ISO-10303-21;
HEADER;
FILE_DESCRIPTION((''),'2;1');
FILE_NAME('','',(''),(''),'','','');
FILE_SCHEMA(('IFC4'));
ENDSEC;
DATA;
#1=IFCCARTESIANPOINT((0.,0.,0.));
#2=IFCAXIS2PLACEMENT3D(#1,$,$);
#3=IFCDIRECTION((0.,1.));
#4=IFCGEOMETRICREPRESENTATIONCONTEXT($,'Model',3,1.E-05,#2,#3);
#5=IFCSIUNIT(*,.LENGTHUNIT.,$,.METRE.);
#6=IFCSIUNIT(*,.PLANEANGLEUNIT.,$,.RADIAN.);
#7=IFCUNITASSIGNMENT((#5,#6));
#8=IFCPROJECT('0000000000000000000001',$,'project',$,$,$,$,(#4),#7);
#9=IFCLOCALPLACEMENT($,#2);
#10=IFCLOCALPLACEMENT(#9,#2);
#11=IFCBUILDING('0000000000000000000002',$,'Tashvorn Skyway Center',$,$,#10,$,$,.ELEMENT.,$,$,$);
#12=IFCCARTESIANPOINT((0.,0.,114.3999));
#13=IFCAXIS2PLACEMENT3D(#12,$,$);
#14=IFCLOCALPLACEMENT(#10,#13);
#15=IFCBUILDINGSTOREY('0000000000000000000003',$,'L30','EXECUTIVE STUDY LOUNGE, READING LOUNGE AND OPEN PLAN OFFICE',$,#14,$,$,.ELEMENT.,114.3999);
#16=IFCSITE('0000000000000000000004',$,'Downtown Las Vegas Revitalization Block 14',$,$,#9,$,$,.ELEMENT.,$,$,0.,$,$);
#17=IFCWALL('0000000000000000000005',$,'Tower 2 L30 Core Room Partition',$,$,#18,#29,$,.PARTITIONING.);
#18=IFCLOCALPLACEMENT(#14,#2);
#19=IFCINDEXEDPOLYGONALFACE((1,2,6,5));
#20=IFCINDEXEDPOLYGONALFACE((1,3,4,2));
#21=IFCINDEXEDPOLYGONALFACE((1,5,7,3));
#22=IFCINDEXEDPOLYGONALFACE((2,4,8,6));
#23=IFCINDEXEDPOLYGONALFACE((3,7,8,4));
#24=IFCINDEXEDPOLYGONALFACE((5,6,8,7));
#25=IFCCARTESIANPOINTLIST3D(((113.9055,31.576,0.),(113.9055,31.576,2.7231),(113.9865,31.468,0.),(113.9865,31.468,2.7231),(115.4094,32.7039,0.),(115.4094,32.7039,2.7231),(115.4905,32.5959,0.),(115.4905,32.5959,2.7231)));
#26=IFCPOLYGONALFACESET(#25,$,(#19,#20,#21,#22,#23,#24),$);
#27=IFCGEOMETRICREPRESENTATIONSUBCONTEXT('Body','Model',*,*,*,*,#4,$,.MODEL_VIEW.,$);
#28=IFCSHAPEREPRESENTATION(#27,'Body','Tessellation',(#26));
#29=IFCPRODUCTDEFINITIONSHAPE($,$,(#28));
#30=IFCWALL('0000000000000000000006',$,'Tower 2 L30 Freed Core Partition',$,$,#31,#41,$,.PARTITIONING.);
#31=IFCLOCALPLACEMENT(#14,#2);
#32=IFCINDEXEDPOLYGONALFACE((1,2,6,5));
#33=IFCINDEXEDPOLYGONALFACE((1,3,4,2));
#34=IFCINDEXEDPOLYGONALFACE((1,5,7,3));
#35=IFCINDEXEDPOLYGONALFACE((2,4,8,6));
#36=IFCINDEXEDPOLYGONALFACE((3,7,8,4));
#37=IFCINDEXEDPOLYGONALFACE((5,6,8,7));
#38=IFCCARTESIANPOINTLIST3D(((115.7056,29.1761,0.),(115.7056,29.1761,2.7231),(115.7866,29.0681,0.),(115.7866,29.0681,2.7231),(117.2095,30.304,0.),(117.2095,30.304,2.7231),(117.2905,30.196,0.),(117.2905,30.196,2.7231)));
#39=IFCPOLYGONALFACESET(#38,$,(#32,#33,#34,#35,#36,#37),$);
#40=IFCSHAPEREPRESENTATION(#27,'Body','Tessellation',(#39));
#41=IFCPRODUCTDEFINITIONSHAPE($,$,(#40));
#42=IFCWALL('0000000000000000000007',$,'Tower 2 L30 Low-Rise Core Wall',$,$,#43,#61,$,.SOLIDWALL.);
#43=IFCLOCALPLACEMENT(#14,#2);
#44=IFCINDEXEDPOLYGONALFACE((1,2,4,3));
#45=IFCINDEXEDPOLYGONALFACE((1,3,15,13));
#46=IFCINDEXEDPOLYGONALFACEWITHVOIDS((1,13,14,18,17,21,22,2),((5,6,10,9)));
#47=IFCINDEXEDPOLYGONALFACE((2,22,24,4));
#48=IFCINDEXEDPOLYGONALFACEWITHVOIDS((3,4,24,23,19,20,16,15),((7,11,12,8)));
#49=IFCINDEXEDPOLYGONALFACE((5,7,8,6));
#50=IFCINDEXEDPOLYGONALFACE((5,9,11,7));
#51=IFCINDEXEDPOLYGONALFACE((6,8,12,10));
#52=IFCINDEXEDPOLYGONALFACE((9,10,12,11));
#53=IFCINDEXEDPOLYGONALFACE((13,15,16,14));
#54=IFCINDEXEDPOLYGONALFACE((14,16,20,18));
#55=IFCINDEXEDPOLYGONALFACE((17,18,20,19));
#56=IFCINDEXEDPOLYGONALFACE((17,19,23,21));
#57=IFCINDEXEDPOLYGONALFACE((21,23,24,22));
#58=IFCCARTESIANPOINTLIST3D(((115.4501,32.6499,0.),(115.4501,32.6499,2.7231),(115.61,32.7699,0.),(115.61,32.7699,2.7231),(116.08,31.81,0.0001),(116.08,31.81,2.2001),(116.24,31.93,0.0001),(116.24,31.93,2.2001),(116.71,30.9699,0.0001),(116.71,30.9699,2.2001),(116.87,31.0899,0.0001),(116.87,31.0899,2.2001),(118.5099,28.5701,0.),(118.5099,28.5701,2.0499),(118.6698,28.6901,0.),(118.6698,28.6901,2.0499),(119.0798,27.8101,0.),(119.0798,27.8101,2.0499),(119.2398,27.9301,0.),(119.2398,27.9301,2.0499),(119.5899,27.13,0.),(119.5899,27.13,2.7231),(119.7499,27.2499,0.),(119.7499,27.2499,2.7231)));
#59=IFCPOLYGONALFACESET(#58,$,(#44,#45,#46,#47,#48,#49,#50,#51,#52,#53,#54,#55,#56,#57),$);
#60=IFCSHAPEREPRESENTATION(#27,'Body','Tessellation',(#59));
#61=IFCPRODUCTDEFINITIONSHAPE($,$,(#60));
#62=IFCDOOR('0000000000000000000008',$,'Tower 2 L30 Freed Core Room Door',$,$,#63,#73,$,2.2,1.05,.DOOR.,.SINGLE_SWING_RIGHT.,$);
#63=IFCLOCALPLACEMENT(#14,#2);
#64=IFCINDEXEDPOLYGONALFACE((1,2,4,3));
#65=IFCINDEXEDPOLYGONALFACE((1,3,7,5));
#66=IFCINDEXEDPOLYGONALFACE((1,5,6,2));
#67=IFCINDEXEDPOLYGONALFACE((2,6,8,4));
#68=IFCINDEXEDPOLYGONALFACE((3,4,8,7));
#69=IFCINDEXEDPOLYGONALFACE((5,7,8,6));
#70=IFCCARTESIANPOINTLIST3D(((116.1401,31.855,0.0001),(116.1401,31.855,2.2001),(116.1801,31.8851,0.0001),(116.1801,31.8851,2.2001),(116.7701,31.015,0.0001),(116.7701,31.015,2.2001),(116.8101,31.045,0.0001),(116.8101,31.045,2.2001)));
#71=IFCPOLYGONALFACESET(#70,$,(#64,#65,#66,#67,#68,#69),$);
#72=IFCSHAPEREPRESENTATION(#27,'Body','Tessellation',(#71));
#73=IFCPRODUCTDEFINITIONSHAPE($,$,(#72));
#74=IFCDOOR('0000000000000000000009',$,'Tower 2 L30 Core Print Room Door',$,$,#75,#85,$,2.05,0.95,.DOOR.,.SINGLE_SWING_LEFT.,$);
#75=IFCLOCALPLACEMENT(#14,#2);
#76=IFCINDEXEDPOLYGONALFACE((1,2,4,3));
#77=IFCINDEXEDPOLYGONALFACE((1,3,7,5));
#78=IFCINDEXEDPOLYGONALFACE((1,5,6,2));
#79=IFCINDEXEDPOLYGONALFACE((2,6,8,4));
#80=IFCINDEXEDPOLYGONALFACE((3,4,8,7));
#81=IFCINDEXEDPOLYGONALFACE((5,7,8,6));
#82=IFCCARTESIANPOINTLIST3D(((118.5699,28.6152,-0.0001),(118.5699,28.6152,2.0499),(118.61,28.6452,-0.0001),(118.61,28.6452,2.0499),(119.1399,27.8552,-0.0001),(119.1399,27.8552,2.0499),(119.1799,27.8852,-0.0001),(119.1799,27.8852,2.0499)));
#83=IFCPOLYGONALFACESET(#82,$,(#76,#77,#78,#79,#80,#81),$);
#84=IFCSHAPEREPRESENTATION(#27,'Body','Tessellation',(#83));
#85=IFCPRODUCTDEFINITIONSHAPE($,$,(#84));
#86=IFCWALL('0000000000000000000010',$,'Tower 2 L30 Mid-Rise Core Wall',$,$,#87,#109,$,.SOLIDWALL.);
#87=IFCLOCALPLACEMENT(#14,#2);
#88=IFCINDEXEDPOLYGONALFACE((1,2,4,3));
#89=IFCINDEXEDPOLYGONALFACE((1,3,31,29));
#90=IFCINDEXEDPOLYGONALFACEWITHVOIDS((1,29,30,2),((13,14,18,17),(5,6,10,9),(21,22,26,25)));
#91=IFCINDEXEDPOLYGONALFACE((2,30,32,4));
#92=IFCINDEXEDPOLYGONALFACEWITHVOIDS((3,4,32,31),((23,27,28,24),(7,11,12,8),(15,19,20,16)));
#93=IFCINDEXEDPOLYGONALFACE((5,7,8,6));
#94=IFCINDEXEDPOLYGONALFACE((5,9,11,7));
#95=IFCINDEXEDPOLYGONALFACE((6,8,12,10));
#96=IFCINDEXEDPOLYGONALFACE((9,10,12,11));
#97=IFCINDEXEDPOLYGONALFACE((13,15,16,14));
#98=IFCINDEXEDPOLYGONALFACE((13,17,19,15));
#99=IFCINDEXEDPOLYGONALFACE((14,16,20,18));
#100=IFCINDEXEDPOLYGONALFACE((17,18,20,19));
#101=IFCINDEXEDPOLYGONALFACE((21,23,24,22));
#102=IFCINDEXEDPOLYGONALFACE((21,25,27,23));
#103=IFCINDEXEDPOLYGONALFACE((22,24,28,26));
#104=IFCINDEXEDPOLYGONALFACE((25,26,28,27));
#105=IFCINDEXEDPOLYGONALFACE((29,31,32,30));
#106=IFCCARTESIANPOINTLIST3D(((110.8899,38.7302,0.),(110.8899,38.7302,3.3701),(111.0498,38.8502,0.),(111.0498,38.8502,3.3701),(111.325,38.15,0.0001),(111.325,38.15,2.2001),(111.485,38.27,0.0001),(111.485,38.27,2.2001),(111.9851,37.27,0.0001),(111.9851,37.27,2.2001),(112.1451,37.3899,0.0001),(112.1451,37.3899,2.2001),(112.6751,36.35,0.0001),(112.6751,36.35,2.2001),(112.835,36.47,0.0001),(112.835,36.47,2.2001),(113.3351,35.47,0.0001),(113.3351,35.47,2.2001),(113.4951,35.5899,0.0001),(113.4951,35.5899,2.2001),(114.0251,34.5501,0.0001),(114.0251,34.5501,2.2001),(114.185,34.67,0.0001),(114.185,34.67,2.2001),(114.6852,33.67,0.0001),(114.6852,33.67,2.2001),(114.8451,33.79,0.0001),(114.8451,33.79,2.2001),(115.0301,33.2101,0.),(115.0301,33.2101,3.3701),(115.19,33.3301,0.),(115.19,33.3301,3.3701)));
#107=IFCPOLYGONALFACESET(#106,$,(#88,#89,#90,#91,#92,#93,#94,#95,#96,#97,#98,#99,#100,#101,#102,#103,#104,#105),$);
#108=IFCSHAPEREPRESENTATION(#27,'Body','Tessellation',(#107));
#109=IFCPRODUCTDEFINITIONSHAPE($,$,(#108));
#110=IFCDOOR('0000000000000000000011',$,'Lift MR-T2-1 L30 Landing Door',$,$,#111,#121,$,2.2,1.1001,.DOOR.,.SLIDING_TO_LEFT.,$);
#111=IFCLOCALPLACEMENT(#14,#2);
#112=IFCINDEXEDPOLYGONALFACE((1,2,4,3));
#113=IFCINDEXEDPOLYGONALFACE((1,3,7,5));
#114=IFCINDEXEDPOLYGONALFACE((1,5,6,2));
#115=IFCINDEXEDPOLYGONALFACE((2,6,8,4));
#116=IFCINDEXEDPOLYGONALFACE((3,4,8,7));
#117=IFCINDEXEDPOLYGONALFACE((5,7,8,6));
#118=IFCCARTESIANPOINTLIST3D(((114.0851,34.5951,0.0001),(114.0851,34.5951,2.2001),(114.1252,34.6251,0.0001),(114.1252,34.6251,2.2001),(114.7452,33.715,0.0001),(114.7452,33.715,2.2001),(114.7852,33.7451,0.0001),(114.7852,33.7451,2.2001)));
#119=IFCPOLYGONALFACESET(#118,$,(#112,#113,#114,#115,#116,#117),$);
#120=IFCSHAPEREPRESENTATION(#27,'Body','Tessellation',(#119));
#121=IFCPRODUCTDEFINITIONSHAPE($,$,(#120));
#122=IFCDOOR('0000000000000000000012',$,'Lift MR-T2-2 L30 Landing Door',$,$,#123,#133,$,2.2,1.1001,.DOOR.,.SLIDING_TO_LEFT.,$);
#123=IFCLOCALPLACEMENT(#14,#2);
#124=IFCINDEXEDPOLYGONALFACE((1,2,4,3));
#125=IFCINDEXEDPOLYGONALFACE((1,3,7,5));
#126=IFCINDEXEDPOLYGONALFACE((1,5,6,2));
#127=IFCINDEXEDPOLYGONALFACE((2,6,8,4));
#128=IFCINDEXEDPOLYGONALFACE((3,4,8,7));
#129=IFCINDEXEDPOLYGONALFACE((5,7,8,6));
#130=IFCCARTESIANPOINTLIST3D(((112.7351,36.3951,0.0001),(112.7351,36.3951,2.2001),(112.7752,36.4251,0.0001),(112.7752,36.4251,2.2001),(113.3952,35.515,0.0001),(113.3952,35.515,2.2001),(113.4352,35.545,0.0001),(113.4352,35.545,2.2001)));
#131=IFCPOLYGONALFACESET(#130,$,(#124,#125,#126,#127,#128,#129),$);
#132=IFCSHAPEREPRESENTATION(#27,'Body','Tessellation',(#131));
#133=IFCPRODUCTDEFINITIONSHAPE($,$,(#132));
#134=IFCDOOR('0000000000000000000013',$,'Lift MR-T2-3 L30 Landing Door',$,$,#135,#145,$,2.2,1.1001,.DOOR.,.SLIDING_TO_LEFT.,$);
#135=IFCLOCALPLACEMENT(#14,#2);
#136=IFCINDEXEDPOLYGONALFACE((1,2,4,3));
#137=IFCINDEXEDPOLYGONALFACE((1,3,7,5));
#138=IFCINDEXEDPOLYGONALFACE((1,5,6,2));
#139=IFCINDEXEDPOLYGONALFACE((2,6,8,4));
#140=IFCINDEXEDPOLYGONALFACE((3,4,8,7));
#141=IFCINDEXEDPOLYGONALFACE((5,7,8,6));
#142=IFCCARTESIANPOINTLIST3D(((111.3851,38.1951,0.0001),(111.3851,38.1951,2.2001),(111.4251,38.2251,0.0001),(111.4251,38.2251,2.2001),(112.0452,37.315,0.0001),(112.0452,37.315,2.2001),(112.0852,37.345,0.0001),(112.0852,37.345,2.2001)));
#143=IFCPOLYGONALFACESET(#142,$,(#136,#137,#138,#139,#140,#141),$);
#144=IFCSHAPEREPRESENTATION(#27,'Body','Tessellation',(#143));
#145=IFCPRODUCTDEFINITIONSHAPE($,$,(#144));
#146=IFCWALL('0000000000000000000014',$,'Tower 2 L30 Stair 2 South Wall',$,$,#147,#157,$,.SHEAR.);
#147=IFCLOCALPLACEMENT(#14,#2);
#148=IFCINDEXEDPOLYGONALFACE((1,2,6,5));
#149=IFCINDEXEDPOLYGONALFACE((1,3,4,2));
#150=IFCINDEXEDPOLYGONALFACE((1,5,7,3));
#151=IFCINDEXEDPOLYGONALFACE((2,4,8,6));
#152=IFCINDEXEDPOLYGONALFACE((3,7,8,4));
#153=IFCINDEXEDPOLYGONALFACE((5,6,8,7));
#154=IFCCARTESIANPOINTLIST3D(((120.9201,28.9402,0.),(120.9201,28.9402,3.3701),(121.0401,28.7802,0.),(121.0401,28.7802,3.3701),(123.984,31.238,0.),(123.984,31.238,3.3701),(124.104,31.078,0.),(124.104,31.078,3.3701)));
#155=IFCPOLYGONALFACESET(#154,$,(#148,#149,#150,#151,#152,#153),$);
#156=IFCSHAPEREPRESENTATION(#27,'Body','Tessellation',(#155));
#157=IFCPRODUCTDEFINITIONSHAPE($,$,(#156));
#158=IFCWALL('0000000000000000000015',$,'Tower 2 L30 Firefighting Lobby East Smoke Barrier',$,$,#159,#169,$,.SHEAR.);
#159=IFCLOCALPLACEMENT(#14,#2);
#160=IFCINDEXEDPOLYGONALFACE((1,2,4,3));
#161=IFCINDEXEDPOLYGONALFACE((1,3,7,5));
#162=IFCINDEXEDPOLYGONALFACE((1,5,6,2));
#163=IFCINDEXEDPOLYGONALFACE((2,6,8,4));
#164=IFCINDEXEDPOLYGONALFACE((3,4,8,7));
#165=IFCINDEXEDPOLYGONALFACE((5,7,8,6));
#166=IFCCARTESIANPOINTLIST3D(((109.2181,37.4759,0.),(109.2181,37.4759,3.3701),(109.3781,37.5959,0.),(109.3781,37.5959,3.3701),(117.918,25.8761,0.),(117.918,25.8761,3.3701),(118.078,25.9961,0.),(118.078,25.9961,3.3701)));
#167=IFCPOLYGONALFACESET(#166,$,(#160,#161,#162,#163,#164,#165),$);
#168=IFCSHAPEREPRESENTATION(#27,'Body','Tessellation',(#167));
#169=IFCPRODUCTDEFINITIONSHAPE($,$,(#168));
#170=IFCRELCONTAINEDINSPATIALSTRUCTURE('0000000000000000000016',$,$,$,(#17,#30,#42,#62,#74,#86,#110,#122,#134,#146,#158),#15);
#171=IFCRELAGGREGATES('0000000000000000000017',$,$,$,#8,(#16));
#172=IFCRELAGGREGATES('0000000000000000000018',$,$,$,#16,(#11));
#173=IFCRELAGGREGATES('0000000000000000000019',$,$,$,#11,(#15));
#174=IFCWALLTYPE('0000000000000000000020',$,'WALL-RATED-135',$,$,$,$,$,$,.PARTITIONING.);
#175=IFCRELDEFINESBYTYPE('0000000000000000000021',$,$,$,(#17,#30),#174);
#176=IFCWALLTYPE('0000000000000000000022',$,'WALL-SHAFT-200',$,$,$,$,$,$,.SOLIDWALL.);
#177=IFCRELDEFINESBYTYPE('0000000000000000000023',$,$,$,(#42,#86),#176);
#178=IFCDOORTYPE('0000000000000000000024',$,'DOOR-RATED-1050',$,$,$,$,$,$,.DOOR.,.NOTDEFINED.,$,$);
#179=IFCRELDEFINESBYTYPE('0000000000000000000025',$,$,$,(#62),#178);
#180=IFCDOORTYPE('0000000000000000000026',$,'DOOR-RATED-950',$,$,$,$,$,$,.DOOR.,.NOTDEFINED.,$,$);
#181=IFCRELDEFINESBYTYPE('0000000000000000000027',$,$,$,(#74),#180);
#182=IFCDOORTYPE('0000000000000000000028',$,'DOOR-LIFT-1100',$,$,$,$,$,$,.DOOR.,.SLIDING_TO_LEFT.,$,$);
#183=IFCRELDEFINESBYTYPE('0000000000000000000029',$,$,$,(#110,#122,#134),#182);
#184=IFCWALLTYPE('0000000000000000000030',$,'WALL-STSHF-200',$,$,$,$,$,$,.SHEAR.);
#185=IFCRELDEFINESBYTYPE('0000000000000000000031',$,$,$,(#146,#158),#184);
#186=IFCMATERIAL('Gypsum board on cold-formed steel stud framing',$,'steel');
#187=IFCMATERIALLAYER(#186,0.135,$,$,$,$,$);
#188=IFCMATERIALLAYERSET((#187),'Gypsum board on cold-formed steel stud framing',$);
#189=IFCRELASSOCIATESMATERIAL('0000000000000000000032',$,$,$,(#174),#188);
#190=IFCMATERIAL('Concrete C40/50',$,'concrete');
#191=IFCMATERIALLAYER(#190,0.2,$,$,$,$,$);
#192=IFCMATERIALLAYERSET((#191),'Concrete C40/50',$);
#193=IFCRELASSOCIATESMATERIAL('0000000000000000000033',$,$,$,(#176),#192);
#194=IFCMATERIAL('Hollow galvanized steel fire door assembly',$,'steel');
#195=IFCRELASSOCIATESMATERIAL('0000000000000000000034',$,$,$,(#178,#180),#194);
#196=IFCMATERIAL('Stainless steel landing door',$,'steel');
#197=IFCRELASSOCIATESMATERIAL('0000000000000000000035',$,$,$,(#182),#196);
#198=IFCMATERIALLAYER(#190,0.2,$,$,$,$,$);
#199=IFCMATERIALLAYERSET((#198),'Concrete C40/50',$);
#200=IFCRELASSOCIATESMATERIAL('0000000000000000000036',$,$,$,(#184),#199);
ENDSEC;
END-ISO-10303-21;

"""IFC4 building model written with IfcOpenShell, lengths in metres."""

from ifc_helpers import new_model, si_unit, direction, frame, frame_2d, origin, place, context, subcontext, project, spatial, rectangle, extrude, material, layer, layer_set, type_object, element, fill, save


model = new_model("IFC4")

# Units and contexts
model_context = context("Model", 3, precision=1e-05, world=origin(), true_north=direction((0.0, 1.0)))
body_context = subcontext(model_context, "Body", "Model", "MODEL_VIEW")
ifc_project = project(units=[si_unit("LENGTHUNIT", "METRE"), si_unit("PLANEANGLEUNIT", "RADIAN")], contexts=[model_context])

# Site, building, storey
site_placement = place(None, origin())
site = spatial("IfcSite", under=ifc_project, at=site_placement, Name="Downtown Las Vegas Revitalization Block 14", CompositionType="ELEMENT", RefElevation=0.0)
building_placement = place(site_placement, origin())
building = spatial("IfcBuilding", under=site, at=building_placement, Name="Tashvorn Skyway Center", CompositionType="ELEMENT")
storey_placement = place(building_placement, frame((0.0, 0.0, 114.3999)))
storey = spatial("IfcBuildingStorey", under=building, at=storey_placement, Name="L30", Description="EXECUTIVE STUDY LOUNGE, READING LOUNGE AND OPEN PLAN OFFICE", CompositionType="ELEMENT", Elevation=114.3999)

# Walls
ifc_material_1 = material(Name="Gypsum board on cold-formed steel stud framing", Category="steel")
ifc_layer_1 = layer(ifc_material_1, 0.135)
ifc_layer_set_1 = layer_set([ifc_layer_1], Name="Gypsum board on cold-formed steel stud framing")
wall_type_1 = type_object("IfcWallType", Name="WALL-RATED-135", PredefinedType="PARTITIONING", material=ifc_layer_set_1)
for number, where, z_axis, x_axis, name in (
    (1, (113.946, 31.522, 0.0), (0.0, 0.0, 1.0), (0.8, 0.6, 0.0), "Tower 2 L30 Core Room Partition"),
    (2, (115.7461, 29.1221, 0.0), (0.0, 0.0, 1.0), (0.8, 0.6, 0.0), "Tower 2 L30 Freed Core Partition"),
):
    element("IfcWall", number, at=place(storey_placement, frame(where, z_axis=z_axis, x_axis=x_axis)), inside=storey, type_object=wall_type_1, Name=name, PredefinedType="PARTITIONING", context=body_context, shape_type="SweptSolid", body=[
        extrude(rectangle(XDim=1.8799, YDim=0.135, at=frame_2d((0.9399, 0.0))), origin(), (0.0, 0.0, 1.0), 2.7231),
    ])

# Walls, openings, doors
ifc_material_2 = material(Name="Concrete C40/50", Category="concrete")
ifc_layer_2 = layer(ifc_material_2, 0.2)
ifc_layer_set_2 = layer_set([ifc_layer_2], Name="Concrete C40/50")
wall_type_2 = type_object("IfcWallType", Name="WALL-SHAFT-200", PredefinedType="SOLIDWALL", material=ifc_layer_set_2)
wall_1_placement = place(storey_placement, frame((119.6699, 27.1899, 0.0), z_axis=(0.0, 0.0, 1.0), x_axis=(-0.599989, 0.800008, 0.0)))
wall_1 = element("IfcWall", 3, at=wall_1_placement, inside=storey, type_object=wall_type_2, Name="Tower 2 L30 Low-Rise Core Wall", PredefinedType="SOLIDWALL", context=body_context, shape_type="SweptSolid", body=[
    extrude(rectangle(XDim=6.8999, YDim=0.2, at=frame_2d((3.45, 0.0))), origin(), (0.0, 0.0, 1.0), 2.7231),
])
opening_1_placement = place(wall_1_placement, frame((0.8501, 0.0, 0.0)))
opening_1 = element("IfcOpeningElement", 4, at=opening_1_placement, cuts=wall_1, PredefinedType="OPENING", context=body_context, shape_type="SweptSolid", body=[
    extrude(rectangle(XDim=0.95, YDim=2.05, at=frame_2d((0.4751, 1.0249))), frame((0.0, 0.1099, 0.0), z_axis=(0.0, -1.0, 0.0), x_axis=(1.0, 0.0, 0.0)), (0.0, 0.0, 1.0), 0.22),
])
opening_2_placement = place(wall_1_placement, frame((4.8, 0.0, 0.0)))
opening_2 = element("IfcOpeningElement", 5, at=opening_2_placement, cuts=wall_1, PredefinedType="OPENING", context=body_context, shape_type="SweptSolid", body=[
    extrude(rectangle(XDim=1.05, YDim=2.2, at=frame_2d((0.5249, 1.1001))), frame((0.0, 0.1099, 0.0), z_axis=(0.0, -1.0, 0.0), x_axis=(1.0, 0.0, 0.0)), (0.0, 0.0, 1.0), 0.22),
])
ifc_material_3 = material(Name="Hollow galvanized steel fire door assembly", Category="steel")
door_type_1 = type_object("IfcDoorType", Name="DOOR-RATED-1050", OperationType="NOTDEFINED", PredefinedType="DOOR", material=ifc_material_3)
door_1_placement = place(opening_2_placement, origin())
door_1 = element("IfcDoor", 6, at=door_1_placement, inside=storey, type_object=door_type_1, Name="Tower 2 L30 Freed Core Room Door", OperationType="SINGLE_SWING_RIGHT", OverallHeight=2.2, OverallWidth=1.05, PredefinedType="DOOR", context=body_context, shape_type="SweptSolid", body=[
    extrude(rectangle(XDim=1.05, YDim=2.2, at=frame_2d((0.5249, 1.1001))), frame((0.0, 0.0249, 0.0), z_axis=(0.0, -1.0, 0.0), x_axis=(1.0, 0.0, 0.0)), (0.0, 0.0, 1.0), 0.05),
])
fill(opening_2, door_1)
door_type_2 = type_object("IfcDoorType", Name="DOOR-RATED-950", OperationType="NOTDEFINED", PredefinedType="DOOR", material=ifc_material_3)
door_2_placement = place(opening_1_placement, origin())
door_2 = element("IfcDoor", 7, at=door_2_placement, inside=storey, type_object=door_type_2, Name="Tower 2 L30 Core Print Room Door", OperationType="SINGLE_SWING_LEFT", OverallHeight=2.05, OverallWidth=0.95, PredefinedType="DOOR", context=body_context, shape_type="SweptSolid", body=[
    extrude(rectangle(XDim=0.95, YDim=2.05, at=frame_2d((0.4751, 1.0249))), frame((0.0, 0.0249, 0.0), z_axis=(0.0, -1.0, 0.0), x_axis=(1.0, 0.0, 0.0)), (0.0, 0.0, 1.0), 0.05),
])
fill(opening_1, door_2)
wall_2_placement = place(storey_placement, frame((115.1101, 33.27, 0.0), z_axis=(0.0, 0.0, 1.0), x_axis=(-0.600011, 0.799992, 0.0)))
wall_2 = element("IfcWall", 8, at=wall_2_placement, inside=storey, type_object=wall_type_2, Name="Tower 2 L30 Mid-Rise Core Wall", PredefinedType="SOLIDWALL", context=body_context, shape_type="SweptSolid", body=[
    extrude(rectangle(XDim=6.9001, YDim=0.2, at=frame_2d((3.4502, 0.0))), origin(), (0.0, 0.0, 1.0), 3.3701),
])
opening_3_placement = place(wall_2_placement, frame((0.575, 0.0, 0.0)))
opening_3 = element("IfcOpeningElement", 9, at=opening_3_placement, cuts=wall_2, PredefinedType="OPENING", context=body_context, shape_type="SweptSolid", body=[
    extrude(rectangle(XDim=1.1001, YDim=2.2, at=frame_2d((0.55, 1.1001))), frame((0.0, 0.1099, 0.0), z_axis=(0.0, -1.0, 0.0), x_axis=(1.0, 0.0, 0.0)), (0.0, 0.0, 1.0), 0.22),
])
opening_4_placement = place(wall_2_placement, frame((2.825, 0.0, 0.0)))
opening_4 = element("IfcOpeningElement", 10, at=opening_4_placement, cuts=wall_2, PredefinedType="OPENING", context=body_context, shape_type="SweptSolid", body=[
    extrude(rectangle(XDim=1.1001, YDim=2.2, at=frame_2d((0.55, 1.1001))), frame((0.0, 0.1099, 0.0), z_axis=(0.0, -1.0, 0.0), x_axis=(1.0, 0.0, 0.0)), (0.0, 0.0, 1.0), 0.22),
])
opening_5_placement = place(wall_2_placement, frame((5.075, 0.0, 0.0)))
opening_5 = element("IfcOpeningElement", 11, at=opening_5_placement, cuts=wall_2, PredefinedType="OPENING", context=body_context, shape_type="SweptSolid", body=[
    extrude(rectangle(XDim=1.1001, YDim=2.2, at=frame_2d((0.55, 1.1001))), frame((0.0, 0.1099, 0.0), z_axis=(0.0, -1.0, 0.0), x_axis=(1.0, 0.0, 0.0)), (0.0, 0.0, 1.0), 0.22),
])
ifc_material_4 = material(Name="Stainless steel landing door", Category="steel")
door_type_3 = type_object("IfcDoorType", Name="DOOR-LIFT-1100", OperationType="SLIDING_TO_LEFT", PredefinedType="DOOR", material=ifc_material_4)
door_3_placement = place(opening_3_placement, origin())
door_3 = element("IfcDoor", 12, at=door_3_placement, inside=storey, type_object=door_type_3, Name="Lift MR-T2-1 L30 Landing Door", OperationType="SLIDING_TO_LEFT", OverallHeight=2.2, OverallWidth=1.1001, PredefinedType="DOOR", context=body_context, shape_type="SweptSolid", body=[
    extrude(rectangle(XDim=1.1001, YDim=2.2, at=frame_2d((0.55, 1.1001))), frame((0.0, 0.0249, 0.0), z_axis=(0.0, -1.0, 0.0), x_axis=(1.0, 0.0, 0.0)), (0.0, 0.0, 1.0), 0.05),
])
fill(opening_3, door_3)
door_4_placement = place(opening_4_placement, origin())
door_4 = element("IfcDoor", 13, at=door_4_placement, inside=storey, type_object=door_type_3, Name="Lift MR-T2-2 L30 Landing Door", OperationType="SLIDING_TO_LEFT", OverallHeight=2.2, OverallWidth=1.1001, PredefinedType="DOOR", context=body_context, shape_type="SweptSolid", body=[
    extrude(rectangle(XDim=1.1001, YDim=2.2, at=frame_2d((0.55, 1.1001))), frame((0.0, 0.0249, 0.0), z_axis=(0.0, -1.0, 0.0), x_axis=(1.0, 0.0, 0.0)), (0.0, 0.0, 1.0), 0.05),
])
fill(opening_4, door_4)
door_5_placement = place(opening_5_placement, origin())
door_5 = element("IfcDoor", 14, at=door_5_placement, inside=storey, type_object=door_type_3, Name="Lift MR-T2-3 L30 Landing Door", OperationType="SLIDING_TO_LEFT", OverallHeight=2.2, OverallWidth=1.1001, PredefinedType="DOOR", context=body_context, shape_type="SweptSolid", body=[
    extrude(rectangle(XDim=1.1001, YDim=2.2, at=frame_2d((0.55, 1.1001))), frame((0.0, 0.0249, 0.0), z_axis=(0.0, -1.0, 0.0), x_axis=(1.0, 0.0, 0.0)), (0.0, 0.0, 1.0), 0.05),
])
fill(opening_5, door_5)

# Walls
ifc_layer_3 = layer(ifc_material_2, 0.2)
ifc_layer_set_3 = layer_set([ifc_layer_3], Name="Concrete C40/50")
wall_type_3 = type_object("IfcWallType", Name="WALL-STSHF-200", PredefinedType="SHEAR", material=ifc_layer_set_3)
wall_3_placement = place(storey_placement, frame((120.98, 28.8601, 0.0), z_axis=(0.0, 0.0, 1.0), x_axis=(0.800015, 0.59998, 0.0)))
element("IfcWall", 15, at=wall_3_placement, inside=storey, type_object=wall_type_3, Name="Tower 2 L30 Stair 2 South Wall", PredefinedType="SHEAR", context=body_context, shape_type="SweptSolid", body=[
    extrude(rectangle(XDim=3.8298, YDim=0.2, at=frame_2d((1.915, 0.0))), origin(), (0.0, 0.0, 1.0), 3.3701),
])
wall_4_placement = place(storey_placement, frame((117.998, 25.936, 0.0), z_axis=(0.0, 0.0, 1.0), x_axis=(-0.600003, 0.799998, 0.0)))
element("IfcWall", 16, at=wall_4_placement, inside=storey, type_object=wall_type_3, Name="Tower 2 L30 Firefighting Lobby East Smoke Barrier", PredefinedType="SHEAR", context=body_context, shape_type="SweptSolid", body=[
    extrude(rectangle(XDim=14.4998, YDim=0.2, at=frame_2d((7.25, 0.0))), origin(), (0.0, 0.0, 1.0), 3.3701),
])

save(model, "model.ifc")
